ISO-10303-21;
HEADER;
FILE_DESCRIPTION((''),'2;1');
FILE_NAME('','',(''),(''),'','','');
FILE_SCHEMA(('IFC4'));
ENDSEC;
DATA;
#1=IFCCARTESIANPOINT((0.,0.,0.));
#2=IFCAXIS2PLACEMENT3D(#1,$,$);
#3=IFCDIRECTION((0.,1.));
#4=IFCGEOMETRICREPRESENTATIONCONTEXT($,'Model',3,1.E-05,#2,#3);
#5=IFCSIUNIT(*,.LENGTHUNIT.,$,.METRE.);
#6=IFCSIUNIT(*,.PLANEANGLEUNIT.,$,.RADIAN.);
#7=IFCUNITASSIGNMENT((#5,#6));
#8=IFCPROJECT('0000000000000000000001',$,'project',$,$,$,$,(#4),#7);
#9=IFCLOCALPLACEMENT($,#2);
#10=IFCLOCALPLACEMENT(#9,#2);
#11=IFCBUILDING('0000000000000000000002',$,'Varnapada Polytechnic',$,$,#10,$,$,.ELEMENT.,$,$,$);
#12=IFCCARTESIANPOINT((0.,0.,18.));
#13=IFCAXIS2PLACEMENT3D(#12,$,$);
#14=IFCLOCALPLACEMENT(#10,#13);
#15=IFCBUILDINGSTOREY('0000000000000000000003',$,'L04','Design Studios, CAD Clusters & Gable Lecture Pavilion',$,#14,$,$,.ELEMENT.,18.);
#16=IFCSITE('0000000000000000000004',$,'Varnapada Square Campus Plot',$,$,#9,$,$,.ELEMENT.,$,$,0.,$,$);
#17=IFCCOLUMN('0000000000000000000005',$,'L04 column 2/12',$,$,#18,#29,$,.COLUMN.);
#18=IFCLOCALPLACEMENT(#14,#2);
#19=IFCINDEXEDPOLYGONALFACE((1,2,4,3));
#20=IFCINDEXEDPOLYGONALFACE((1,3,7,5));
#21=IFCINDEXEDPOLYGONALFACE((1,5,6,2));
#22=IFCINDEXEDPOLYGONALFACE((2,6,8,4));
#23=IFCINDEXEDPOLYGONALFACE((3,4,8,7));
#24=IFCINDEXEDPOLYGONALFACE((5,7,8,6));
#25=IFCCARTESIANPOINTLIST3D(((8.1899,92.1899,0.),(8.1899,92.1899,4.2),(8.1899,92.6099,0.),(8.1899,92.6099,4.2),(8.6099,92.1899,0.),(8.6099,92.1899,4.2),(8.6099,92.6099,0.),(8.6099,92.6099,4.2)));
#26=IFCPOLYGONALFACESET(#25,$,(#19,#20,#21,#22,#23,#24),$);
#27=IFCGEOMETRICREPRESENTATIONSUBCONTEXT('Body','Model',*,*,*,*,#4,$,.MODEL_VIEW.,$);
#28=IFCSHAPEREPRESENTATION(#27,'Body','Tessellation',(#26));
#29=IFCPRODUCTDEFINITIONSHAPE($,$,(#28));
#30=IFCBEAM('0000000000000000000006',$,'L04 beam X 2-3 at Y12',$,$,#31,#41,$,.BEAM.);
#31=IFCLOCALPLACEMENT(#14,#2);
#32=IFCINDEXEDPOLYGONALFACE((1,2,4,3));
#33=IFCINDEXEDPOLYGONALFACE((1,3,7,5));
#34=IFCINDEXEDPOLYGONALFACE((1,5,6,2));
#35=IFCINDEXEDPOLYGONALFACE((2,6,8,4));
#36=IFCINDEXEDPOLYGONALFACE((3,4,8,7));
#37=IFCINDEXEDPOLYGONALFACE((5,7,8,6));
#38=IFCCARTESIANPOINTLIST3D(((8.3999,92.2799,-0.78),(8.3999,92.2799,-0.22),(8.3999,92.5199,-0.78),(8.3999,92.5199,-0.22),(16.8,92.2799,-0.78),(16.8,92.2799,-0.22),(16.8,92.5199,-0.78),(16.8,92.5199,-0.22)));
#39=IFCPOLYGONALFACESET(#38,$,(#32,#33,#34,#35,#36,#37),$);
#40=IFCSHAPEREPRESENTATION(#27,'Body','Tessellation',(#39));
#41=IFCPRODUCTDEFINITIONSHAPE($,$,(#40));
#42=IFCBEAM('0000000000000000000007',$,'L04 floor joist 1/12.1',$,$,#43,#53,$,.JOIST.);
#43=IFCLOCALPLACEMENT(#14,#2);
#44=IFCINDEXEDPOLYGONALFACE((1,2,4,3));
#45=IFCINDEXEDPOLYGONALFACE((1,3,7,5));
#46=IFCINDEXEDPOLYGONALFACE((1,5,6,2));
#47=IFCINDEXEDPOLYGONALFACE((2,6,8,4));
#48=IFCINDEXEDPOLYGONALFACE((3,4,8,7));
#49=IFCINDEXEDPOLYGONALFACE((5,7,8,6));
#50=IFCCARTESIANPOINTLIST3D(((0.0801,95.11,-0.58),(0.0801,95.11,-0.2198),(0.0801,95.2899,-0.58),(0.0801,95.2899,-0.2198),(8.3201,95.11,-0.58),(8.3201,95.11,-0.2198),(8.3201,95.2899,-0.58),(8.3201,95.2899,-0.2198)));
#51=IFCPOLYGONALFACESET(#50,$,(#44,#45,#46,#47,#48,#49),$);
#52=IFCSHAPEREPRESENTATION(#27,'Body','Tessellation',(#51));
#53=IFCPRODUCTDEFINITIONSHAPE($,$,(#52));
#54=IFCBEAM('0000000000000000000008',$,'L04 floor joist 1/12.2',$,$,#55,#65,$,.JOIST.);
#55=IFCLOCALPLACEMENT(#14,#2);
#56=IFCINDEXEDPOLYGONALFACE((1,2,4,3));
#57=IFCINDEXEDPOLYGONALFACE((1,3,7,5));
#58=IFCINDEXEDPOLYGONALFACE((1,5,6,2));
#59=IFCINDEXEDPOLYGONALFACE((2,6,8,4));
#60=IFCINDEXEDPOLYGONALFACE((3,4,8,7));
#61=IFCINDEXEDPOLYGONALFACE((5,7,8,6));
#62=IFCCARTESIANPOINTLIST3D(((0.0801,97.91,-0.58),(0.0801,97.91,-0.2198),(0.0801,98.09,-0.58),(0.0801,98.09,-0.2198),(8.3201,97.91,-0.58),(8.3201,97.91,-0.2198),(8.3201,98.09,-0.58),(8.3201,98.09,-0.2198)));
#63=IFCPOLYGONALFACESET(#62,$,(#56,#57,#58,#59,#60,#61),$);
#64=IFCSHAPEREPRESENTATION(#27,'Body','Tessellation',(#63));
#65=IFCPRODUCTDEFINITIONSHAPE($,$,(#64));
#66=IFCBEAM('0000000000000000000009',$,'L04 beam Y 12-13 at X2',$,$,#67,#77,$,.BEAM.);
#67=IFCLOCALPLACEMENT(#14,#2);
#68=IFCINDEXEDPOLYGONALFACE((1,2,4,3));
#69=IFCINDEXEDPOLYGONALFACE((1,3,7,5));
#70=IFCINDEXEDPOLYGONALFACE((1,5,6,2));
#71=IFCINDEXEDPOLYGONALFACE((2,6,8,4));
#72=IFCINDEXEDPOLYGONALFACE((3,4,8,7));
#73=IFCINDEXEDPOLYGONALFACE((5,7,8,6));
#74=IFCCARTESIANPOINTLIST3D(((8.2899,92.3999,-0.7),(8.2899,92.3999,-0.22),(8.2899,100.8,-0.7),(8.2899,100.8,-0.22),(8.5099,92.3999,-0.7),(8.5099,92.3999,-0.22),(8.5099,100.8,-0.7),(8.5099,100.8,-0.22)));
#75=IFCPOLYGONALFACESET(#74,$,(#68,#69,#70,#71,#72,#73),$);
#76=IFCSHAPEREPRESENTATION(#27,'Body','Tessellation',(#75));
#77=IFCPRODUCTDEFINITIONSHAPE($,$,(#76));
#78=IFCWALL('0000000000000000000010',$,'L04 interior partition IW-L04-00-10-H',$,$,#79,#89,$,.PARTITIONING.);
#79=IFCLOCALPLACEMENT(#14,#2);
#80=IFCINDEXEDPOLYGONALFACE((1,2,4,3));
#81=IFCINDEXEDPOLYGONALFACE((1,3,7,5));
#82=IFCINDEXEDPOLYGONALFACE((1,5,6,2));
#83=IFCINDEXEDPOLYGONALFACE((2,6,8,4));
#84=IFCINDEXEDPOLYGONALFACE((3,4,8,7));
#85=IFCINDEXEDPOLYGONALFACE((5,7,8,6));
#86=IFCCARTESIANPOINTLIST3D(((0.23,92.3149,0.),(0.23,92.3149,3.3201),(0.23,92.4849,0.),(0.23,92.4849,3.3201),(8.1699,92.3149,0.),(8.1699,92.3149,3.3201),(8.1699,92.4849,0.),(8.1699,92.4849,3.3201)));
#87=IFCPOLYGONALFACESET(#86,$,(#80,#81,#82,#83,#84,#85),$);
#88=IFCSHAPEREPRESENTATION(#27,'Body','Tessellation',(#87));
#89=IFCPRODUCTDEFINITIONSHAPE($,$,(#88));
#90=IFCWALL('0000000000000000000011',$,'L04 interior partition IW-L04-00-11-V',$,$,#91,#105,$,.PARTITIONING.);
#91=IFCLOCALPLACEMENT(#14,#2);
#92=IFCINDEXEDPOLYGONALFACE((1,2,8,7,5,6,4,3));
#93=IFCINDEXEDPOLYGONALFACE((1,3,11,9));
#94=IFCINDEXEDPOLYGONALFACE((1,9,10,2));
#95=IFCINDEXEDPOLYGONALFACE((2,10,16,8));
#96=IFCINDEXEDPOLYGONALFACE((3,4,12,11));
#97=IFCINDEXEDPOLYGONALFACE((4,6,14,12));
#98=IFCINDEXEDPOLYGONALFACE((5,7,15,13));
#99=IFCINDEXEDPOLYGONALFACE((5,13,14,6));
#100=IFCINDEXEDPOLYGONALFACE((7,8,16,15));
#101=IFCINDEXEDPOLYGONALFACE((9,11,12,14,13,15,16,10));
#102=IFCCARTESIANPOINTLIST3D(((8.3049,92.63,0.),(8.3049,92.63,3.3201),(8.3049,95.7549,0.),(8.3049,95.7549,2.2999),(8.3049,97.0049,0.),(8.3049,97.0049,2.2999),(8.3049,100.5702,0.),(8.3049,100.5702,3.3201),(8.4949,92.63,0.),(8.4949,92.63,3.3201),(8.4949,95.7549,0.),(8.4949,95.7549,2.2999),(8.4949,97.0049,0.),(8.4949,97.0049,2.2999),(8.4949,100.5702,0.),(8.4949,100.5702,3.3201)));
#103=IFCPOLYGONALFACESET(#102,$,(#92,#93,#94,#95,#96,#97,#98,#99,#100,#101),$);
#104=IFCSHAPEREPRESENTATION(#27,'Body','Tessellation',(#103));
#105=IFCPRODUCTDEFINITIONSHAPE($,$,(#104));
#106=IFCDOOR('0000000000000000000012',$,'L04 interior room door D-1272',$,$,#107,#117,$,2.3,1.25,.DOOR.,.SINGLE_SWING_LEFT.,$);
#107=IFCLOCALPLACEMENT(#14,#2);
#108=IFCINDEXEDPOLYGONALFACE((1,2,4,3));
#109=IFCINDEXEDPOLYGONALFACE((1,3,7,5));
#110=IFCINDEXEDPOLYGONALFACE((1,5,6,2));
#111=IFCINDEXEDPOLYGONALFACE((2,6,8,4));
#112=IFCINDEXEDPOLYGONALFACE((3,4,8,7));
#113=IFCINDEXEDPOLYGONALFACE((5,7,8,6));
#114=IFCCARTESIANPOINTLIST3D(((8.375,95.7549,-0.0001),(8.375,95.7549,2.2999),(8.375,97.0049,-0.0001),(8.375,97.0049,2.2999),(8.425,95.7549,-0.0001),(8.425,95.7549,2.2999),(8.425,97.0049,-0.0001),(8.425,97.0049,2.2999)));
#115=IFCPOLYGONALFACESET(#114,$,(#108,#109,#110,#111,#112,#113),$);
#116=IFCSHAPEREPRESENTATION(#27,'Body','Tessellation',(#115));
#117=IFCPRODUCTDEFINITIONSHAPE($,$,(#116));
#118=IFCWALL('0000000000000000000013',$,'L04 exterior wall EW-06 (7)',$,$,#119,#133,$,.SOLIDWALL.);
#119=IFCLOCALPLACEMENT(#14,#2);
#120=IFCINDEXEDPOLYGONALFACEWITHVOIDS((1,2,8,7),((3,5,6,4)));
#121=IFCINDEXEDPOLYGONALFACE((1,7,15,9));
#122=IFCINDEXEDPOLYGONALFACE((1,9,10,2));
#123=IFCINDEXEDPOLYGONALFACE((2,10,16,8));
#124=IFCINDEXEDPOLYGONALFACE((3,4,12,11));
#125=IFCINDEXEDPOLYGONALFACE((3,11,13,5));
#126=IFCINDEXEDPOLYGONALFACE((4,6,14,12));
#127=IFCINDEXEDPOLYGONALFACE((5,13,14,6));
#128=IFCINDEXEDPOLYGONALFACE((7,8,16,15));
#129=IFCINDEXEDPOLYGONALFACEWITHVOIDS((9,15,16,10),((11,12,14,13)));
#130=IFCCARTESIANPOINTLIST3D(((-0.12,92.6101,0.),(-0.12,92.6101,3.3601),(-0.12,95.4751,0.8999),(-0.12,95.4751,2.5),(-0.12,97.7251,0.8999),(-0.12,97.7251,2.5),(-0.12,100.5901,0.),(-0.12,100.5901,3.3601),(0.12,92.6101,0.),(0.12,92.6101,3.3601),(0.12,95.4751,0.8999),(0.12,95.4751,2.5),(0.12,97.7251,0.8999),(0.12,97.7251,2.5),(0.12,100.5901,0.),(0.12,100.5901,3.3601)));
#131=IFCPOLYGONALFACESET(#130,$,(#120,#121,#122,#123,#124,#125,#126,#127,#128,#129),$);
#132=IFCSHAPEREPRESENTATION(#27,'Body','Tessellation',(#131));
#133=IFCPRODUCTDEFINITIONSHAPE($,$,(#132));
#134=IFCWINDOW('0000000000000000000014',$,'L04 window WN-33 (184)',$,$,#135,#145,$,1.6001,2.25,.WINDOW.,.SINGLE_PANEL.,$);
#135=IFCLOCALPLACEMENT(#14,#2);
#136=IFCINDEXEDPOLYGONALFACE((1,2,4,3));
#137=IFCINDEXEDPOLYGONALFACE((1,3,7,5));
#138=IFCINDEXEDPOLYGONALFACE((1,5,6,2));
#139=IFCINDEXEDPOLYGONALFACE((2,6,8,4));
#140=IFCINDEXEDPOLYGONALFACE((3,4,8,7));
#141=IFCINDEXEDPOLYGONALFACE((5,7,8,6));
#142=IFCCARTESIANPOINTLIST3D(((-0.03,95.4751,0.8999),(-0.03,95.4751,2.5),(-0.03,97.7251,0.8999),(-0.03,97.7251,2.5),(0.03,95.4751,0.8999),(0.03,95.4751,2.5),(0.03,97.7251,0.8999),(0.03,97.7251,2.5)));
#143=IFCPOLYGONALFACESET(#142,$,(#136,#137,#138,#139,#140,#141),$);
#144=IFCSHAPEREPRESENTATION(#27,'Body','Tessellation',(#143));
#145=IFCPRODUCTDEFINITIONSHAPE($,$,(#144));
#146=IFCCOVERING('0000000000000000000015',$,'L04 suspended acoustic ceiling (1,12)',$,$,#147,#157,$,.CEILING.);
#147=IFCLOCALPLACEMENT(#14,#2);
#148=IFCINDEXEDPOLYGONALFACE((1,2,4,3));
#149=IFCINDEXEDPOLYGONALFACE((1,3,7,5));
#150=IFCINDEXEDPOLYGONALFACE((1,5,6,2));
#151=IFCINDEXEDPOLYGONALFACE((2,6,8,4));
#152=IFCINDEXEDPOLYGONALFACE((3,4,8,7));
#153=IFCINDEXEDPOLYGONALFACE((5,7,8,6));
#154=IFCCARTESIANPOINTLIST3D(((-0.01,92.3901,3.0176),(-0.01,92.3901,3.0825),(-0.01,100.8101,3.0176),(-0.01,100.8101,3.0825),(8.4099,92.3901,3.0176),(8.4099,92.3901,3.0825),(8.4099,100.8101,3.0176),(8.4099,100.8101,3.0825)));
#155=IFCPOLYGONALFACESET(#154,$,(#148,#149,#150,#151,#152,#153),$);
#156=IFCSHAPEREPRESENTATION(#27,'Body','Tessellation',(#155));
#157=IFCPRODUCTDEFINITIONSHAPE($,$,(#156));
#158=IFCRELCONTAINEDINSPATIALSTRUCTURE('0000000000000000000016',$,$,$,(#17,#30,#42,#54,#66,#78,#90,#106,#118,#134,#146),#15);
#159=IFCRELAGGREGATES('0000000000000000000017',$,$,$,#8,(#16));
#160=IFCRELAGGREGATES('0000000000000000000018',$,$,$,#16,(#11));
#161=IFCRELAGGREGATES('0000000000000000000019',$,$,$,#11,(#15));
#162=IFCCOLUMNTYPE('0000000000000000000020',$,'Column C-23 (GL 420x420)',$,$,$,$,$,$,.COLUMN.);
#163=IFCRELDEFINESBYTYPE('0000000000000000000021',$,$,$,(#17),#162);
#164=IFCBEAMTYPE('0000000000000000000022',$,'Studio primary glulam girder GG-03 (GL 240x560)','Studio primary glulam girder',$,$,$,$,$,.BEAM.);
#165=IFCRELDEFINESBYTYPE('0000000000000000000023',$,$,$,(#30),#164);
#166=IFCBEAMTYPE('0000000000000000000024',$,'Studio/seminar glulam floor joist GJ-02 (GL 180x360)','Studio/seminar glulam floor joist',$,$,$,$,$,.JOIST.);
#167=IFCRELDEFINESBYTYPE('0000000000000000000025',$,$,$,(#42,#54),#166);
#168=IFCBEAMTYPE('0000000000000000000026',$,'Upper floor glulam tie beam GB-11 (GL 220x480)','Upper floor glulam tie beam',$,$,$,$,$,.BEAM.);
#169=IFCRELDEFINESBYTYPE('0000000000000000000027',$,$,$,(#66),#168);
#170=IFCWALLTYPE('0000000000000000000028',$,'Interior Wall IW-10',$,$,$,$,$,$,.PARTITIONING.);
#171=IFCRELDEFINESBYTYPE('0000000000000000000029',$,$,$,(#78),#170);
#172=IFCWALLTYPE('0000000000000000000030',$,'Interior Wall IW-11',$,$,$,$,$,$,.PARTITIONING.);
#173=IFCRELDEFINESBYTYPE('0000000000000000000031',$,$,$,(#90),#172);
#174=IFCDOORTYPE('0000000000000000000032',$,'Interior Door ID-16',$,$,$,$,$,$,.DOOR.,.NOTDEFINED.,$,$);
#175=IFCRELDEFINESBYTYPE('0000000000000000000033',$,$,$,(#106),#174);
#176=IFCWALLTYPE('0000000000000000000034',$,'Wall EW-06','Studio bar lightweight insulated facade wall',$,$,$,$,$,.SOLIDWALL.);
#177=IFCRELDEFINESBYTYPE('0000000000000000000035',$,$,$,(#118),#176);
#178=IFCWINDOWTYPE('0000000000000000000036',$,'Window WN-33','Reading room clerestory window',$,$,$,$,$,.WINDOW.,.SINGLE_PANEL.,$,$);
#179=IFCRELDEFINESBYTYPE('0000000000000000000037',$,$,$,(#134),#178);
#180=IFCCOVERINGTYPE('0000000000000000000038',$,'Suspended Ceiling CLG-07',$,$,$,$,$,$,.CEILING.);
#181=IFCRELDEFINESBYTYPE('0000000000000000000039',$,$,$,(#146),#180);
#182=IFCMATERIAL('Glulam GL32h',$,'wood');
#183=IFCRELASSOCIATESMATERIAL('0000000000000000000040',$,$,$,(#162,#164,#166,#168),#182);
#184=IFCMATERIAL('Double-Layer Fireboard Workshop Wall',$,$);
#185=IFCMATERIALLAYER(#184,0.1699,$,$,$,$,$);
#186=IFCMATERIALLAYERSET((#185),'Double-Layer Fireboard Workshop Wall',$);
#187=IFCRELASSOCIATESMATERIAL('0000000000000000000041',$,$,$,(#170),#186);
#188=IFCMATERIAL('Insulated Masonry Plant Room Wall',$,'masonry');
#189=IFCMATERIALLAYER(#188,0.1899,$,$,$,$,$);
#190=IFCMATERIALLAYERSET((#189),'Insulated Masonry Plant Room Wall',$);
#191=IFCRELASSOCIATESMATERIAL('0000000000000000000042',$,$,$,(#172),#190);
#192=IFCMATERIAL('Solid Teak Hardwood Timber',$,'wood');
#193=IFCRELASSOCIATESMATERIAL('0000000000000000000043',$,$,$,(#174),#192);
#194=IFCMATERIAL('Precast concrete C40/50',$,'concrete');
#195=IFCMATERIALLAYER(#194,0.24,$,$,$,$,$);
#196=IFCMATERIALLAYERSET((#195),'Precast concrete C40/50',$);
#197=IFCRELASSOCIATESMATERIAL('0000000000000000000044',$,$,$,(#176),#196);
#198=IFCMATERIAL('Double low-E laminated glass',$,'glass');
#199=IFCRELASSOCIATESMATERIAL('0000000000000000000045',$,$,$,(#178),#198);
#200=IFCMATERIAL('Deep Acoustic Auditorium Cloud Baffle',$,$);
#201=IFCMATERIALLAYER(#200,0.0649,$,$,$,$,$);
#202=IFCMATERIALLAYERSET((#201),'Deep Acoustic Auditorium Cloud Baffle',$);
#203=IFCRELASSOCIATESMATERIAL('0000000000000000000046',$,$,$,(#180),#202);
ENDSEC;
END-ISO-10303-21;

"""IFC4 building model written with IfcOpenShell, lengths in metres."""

from ifc_helpers import new_model, si_unit, direction, frame, frame_2d, origin, origin_2d, place, context, subcontext, project, spatial, rectangle, extrude, material, layer, layer_set, material_profile, profile_set, type_object, element, fill, save


model = new_model("IFC4")

# Units and contexts
model_context = context("Model", 3, precision=1e-05, world=origin(), true_north=direction((0.0, 1.0)))
body_context = subcontext(model_context, "Body", "Model", "MODEL_VIEW")
ifc_project = project(units=[si_unit("LENGTHUNIT", "METRE"), si_unit("PLANEANGLEUNIT", "RADIAN")], contexts=[model_context])

# Site, building, storey
site_placement = place(None, origin())
site = spatial("IfcSite", under=ifc_project, at=site_placement, Name="Varnapada Square Campus Plot", CompositionType="ELEMENT", RefElevation=0.0)
building_placement = place(site_placement, origin())
building = spatial("IfcBuilding", under=site, at=building_placement, Name="Varnapada Polytechnic", CompositionType="ELEMENT")
storey_placement = place(building_placement, frame((0.0, 0.0, 18.0)))
storey = spatial("IfcBuildingStorey", under=building, at=storey_placement, Name="L04", Description="Design Studios, CAD Clusters & Gable Lecture Pavilion", CompositionType="ELEMENT", Elevation=18.0)

# Column
ifc_material_1 = material(Name="Glulam GL32h", Category="wood")
ifc_material_profile_1 = material_profile(ifc_material_1, rectangle(XDim=0.4199, YDim=0.4199, at=origin_2d()), Name="GL 420x420")
ifc_profile_set_1 = profile_set([ifc_material_profile_1], Name="Glulam GL32h")
column_type = type_object("IfcColumnType", Name="Column C-23 (GL 420x420)", PredefinedType="COLUMN", material=ifc_profile_set_1)
column_placement = place(storey_placement, frame((8.3999, 92.3999, 0.0), z_axis=(0.0, 0.0, 1.0), x_axis=(1.0, 0.0, 0.0)))
element("IfcColumn", 1, at=column_placement, inside=storey, type_object=column_type, Name="L04 column 2/12", PredefinedType="COLUMN", context=body_context, shape_type="SweptSolid", body=[
    extrude(rectangle(XDim=0.4199, YDim=0.4199, at=origin_2d()), origin(), (0.0, 0.0, 1.0), 4.2),
])

# Beams
ifc_material_profile_2 = material_profile(ifc_material_1, rectangle(XDim=0.24, YDim=0.5601, at=origin_2d()), Name="GL 240x560")
ifc_profile_set_2 = profile_set([ifc_material_profile_2], Name="Glulam GL32h")
beam_type_1 = type_object("IfcBeamType", Name="Studio primary glulam girder GG-03 (GL 240x560)", Description="Studio primary glulam girder", PredefinedType="BEAM", material=ifc_profile_set_2)
beam_1_placement = place(storey_placement, frame((8.3999, 92.3999, -0.5), z_axis=(1.0, 0.0, 0.0), x_axis=(0.0, 1.0, 0.0)))
element("IfcBeam", 2, at=beam_1_placement, inside=storey, type_object=beam_type_1, Name="L04 beam X 2-3 at Y12", PredefinedType="BEAM", context=body_context, shape_type="SweptSolid", body=[
    extrude(rectangle(XDim=0.24, YDim=0.5601, at=origin_2d()), origin(), (0.0, 0.0, 1.0), 8.4001),
])
ifc_material_profile_3 = material_profile(ifc_material_1, rectangle(XDim=0.1799, YDim=0.3601, at=origin_2d()), Name="GL 180x360")
ifc_profile_set_3 = profile_set([ifc_material_profile_3], Name="Glulam GL32h")
beam_type_2 = type_object("IfcBeamType", Name="Studio/seminar glulam floor joist GJ-02 (GL 180x360)", Description="Studio/seminar glulam floor joist", PredefinedType="JOIST", material=ifc_profile_set_3)
for number, where, z_axis, x_axis, name in (
    (3, (0.0801, 95.2, -0.3999), (1.0, 0.0, 0.0), (0.0, 1.0, 0.0), "L04 floor joist 1/12.1"),
    (4, (0.0801, 98.0, -0.3999), (1.0, 0.0, 0.0), (0.0, 1.0, 0.0), "L04 floor joist 1/12.2"),
):
    element("IfcBeam", number, at=place(storey_placement, frame(where, z_axis=z_axis, x_axis=x_axis)), inside=storey, type_object=beam_type_2, Name=name, PredefinedType="JOIST", context=body_context, shape_type="SweptSolid", body=[
        extrude(rectangle(XDim=0.1799, YDim=0.3601, at=origin_2d()), origin(), (0.0, 0.0, 1.0), 8.24),
    ])
ifc_material_profile_4 = material_profile(ifc_material_1, rectangle(XDim=0.22, YDim=0.48, at=origin_2d()), Name="GL 220x480")
ifc_profile_set_4 = profile_set([ifc_material_profile_4], Name="Glulam GL32h")
beam_type_3 = type_object("IfcBeamType", Name="Upper floor glulam tie beam GB-11 (GL 220x480)", Description="Upper floor glulam tie beam", PredefinedType="BEAM", material=ifc_profile_set_4)
beam_2_placement = place(storey_placement, frame((8.3999, 92.3999, -0.46), z_axis=(0.0, 1.0, 0.0), x_axis=(-1.0, 0.0, 0.0)))
element("IfcBeam", 5, at=beam_2_placement, inside=storey, type_object=beam_type_3, Name="L04 beam Y 12-13 at X2", PredefinedType="BEAM", context=body_context, shape_type="SweptSolid", body=[
    extrude(rectangle(XDim=0.22, YDim=0.48, at=origin_2d()), origin(), (0.0, 0.0, 1.0), 8.4001),
])

# Wall
ifc_material_2 = material(Name="Double-Layer Fireboard Workshop Wall")
ifc_layer_1 = layer(ifc_material_2, 0.1699)
ifc_layer_set_1 = layer_set([ifc_layer_1], Name="Double-Layer Fireboard Workshop Wall")
wall_type_1 = type_object("IfcWallType", Name="Interior Wall IW-10", PredefinedType="PARTITIONING", material=ifc_layer_set_1)
wall_1_placement = place(storey_placement, frame((0.23, 92.3999, 0.0), z_axis=(0.0, 0.0, 1.0), x_axis=(1.0, 0.0, 0.0)))
element("IfcWall", 6, at=wall_1_placement, inside=storey, type_object=wall_type_1, Name="L04 interior partition IW-L04-00-10-H", PredefinedType="PARTITIONING", context=body_context, shape_type="SweptSolid", body=[
    extrude(rectangle(XDim=7.9399, YDim=0.1699, at=frame_2d((3.97, 0.0))), origin(), (0.0, 0.0, 1.0), 3.3201),
])

# Wall, opening, door
ifc_material_3 = material(Name="Insulated Masonry Plant Room Wall", Category="masonry")
ifc_layer_2 = layer(ifc_material_3, 0.1899)
ifc_layer_set_2 = layer_set([ifc_layer_2], Name="Insulated Masonry Plant Room Wall")
wall_type_2 = type_object("IfcWallType", Name="Interior Wall IW-11", PredefinedType="PARTITIONING", material=ifc_layer_set_2)
wall_2_placement = place(storey_placement, frame((8.3999, 92.6299, 0.0), z_axis=(0.0, 0.0, 1.0), x_axis=(0.0, 1.0, 0.0)))
wall_2 = element("IfcWall", 7, at=wall_2_placement, inside=storey, type_object=wall_type_2, Name="L04 interior partition IW-L04-00-11-V", PredefinedType="PARTITIONING", context=body_context, shape_type="SweptSolid", body=[
    extrude(rectangle(XDim=7.9402, YDim=0.1899, at=frame_2d((3.9702, 0.0))), origin(), (0.0, 0.0, 1.0), 3.3201),
])
opening_1_placement = place(wall_2_placement, frame((3.125, 0.0, 0.0)))
opening_1 = element("IfcOpeningElement", 8, at=opening_1_placement, cuts=wall_2, PredefinedType="OPENING", context=body_context, shape_type="SweptSolid", body=[
    extrude(rectangle(XDim=1.25, YDim=2.3, at=frame_2d((0.625, 1.1499))), frame((0.0, 0.105, 0.0), z_axis=(0.0, -1.0, 0.0), x_axis=(1.0, 0.0, 0.0)), (0.0, 0.0, 1.0), 0.21),
])
ifc_material_4 = material(Name="Solid Teak Hardwood Timber", Category="wood")
door_type = type_object("IfcDoorType", Name="Interior Door ID-16", OperationType="NOTDEFINED", PredefinedType="DOOR", material=ifc_material_4)
door_placement = place(opening_1_placement, origin())
door = element("IfcDoor", 9, at=door_placement, inside=storey, type_object=door_type, Name="L04 interior room door D-1272", OperationType="SINGLE_SWING_LEFT", OverallHeight=2.3, OverallWidth=1.25, PredefinedType="DOOR", context=body_context, shape_type="SweptSolid", body=[
    extrude(rectangle(XDim=1.25, YDim=2.3, at=frame_2d((0.625, 1.1499))), frame((0.0, 0.0249, 0.0), z_axis=(0.0, -1.0, 0.0), x_axis=(1.0, 0.0, 0.0)), (0.0, 0.0, 1.0), 0.05),
])
fill(opening_1, door)

# Wall, opening, window
ifc_material_5 = material(Name="Precast concrete C40/50", Category="concrete")
ifc_layer_3 = layer(ifc_material_5, 0.24)
ifc_layer_set_3 = layer_set([ifc_layer_3], Name="Precast concrete C40/50")
wall_type_3 = type_object("IfcWallType", Name="Wall EW-06", Description="Studio bar lightweight insulated facade wall", PredefinedType="SOLIDWALL", material=ifc_layer_set_3)
wall_3_placement = place(storey_placement, frame((0.0, 92.6101, 0.0), z_axis=(0.0, 0.0, 1.0), x_axis=(0.0, 1.0, 0.0)))
wall_3 = element("IfcWall", 10, at=wall_3_placement, inside=storey, type_object=wall_type_3, Name="L04 exterior wall EW-06 (7)", PredefinedType="SOLIDWALL", context=body_context, shape_type="SweptSolid", body=[
    extrude(rectangle(XDim=7.98, YDim=0.24, at=frame_2d((3.99, 0.0))), origin(), (0.0, 0.0, 1.0), 3.3601),
])
opening_2_placement = place(wall_3_placement, frame((2.865, 0.0, 0.8999)))
opening_2 = element("IfcOpeningElement", 11, at=opening_2_placement, cuts=wall_3, PredefinedType="OPENING", context=body_context, shape_type="SweptSolid", body=[
    extrude(rectangle(XDim=2.25, YDim=1.6001, at=frame_2d((1.125, 0.8))), frame((0.0, 0.1299, 0.0), z_axis=(0.0, -1.0, 0.0), x_axis=(1.0, 0.0, 0.0)), (0.0, 0.0, 1.0), 0.26),
])
ifc_material_6 = material(Name="Double low-E laminated glass", Category="glass")
window_type = type_object("IfcWindowType", Name="Window WN-33", Description="Reading room clerestory window", PartitioningType="SINGLE_PANEL", PredefinedType="WINDOW", material=ifc_material_6)
window_placement = place(opening_2_placement, origin())
window = element("IfcWindow", 12, at=window_placement, inside=storey, type_object=window_type, Name="L04 window WN-33 (184)", OverallHeight=1.6001, OverallWidth=2.25, PartitioningType="SINGLE_PANEL", PredefinedType="WINDOW", context=body_context, shape_type="SweptSolid", body=[
    extrude(rectangle(XDim=2.25, YDim=1.6001, at=frame_2d((1.125, 0.8))), frame((0.0, 0.03, 0.0), z_axis=(0.0, -1.0, 0.0), x_axis=(1.0, 0.0, 0.0)), (0.0, 0.0, 1.0), 0.0601),
])
fill(opening_2, window)

# Covering
ifc_material_7 = material(Name="Deep Acoustic Auditorium Cloud Baffle")
ifc_layer_4 = layer(ifc_material_7, 0.0649)
ifc_layer_set_4 = layer_set([ifc_layer_4], Name="Deep Acoustic Auditorium Cloud Baffle")
covering_type = type_object("IfcCoveringType", Name="Suspended Ceiling CLG-07", PredefinedType="CEILING", material=ifc_layer_set_4)
covering_placement = place(storey_placement, frame((4.2, 96.6001, 3.0176), z_axis=(0.0, 0.0, 1.0), x_axis=(1.0, 0.0, 0.0)))
element("IfcCovering", 13, at=covering_placement, inside=storey, type_object=covering_type, Name="L04 suspended acoustic ceiling (1,12)", PredefinedType="CEILING", context=body_context, shape_type="SweptSolid", body=[
    extrude(rectangle(XDim=8.4199, YDim=8.4199, at=origin_2d()), origin(), (0.0, 0.0, 1.0), 0.0649),
])

save(model, "model.ifc")
